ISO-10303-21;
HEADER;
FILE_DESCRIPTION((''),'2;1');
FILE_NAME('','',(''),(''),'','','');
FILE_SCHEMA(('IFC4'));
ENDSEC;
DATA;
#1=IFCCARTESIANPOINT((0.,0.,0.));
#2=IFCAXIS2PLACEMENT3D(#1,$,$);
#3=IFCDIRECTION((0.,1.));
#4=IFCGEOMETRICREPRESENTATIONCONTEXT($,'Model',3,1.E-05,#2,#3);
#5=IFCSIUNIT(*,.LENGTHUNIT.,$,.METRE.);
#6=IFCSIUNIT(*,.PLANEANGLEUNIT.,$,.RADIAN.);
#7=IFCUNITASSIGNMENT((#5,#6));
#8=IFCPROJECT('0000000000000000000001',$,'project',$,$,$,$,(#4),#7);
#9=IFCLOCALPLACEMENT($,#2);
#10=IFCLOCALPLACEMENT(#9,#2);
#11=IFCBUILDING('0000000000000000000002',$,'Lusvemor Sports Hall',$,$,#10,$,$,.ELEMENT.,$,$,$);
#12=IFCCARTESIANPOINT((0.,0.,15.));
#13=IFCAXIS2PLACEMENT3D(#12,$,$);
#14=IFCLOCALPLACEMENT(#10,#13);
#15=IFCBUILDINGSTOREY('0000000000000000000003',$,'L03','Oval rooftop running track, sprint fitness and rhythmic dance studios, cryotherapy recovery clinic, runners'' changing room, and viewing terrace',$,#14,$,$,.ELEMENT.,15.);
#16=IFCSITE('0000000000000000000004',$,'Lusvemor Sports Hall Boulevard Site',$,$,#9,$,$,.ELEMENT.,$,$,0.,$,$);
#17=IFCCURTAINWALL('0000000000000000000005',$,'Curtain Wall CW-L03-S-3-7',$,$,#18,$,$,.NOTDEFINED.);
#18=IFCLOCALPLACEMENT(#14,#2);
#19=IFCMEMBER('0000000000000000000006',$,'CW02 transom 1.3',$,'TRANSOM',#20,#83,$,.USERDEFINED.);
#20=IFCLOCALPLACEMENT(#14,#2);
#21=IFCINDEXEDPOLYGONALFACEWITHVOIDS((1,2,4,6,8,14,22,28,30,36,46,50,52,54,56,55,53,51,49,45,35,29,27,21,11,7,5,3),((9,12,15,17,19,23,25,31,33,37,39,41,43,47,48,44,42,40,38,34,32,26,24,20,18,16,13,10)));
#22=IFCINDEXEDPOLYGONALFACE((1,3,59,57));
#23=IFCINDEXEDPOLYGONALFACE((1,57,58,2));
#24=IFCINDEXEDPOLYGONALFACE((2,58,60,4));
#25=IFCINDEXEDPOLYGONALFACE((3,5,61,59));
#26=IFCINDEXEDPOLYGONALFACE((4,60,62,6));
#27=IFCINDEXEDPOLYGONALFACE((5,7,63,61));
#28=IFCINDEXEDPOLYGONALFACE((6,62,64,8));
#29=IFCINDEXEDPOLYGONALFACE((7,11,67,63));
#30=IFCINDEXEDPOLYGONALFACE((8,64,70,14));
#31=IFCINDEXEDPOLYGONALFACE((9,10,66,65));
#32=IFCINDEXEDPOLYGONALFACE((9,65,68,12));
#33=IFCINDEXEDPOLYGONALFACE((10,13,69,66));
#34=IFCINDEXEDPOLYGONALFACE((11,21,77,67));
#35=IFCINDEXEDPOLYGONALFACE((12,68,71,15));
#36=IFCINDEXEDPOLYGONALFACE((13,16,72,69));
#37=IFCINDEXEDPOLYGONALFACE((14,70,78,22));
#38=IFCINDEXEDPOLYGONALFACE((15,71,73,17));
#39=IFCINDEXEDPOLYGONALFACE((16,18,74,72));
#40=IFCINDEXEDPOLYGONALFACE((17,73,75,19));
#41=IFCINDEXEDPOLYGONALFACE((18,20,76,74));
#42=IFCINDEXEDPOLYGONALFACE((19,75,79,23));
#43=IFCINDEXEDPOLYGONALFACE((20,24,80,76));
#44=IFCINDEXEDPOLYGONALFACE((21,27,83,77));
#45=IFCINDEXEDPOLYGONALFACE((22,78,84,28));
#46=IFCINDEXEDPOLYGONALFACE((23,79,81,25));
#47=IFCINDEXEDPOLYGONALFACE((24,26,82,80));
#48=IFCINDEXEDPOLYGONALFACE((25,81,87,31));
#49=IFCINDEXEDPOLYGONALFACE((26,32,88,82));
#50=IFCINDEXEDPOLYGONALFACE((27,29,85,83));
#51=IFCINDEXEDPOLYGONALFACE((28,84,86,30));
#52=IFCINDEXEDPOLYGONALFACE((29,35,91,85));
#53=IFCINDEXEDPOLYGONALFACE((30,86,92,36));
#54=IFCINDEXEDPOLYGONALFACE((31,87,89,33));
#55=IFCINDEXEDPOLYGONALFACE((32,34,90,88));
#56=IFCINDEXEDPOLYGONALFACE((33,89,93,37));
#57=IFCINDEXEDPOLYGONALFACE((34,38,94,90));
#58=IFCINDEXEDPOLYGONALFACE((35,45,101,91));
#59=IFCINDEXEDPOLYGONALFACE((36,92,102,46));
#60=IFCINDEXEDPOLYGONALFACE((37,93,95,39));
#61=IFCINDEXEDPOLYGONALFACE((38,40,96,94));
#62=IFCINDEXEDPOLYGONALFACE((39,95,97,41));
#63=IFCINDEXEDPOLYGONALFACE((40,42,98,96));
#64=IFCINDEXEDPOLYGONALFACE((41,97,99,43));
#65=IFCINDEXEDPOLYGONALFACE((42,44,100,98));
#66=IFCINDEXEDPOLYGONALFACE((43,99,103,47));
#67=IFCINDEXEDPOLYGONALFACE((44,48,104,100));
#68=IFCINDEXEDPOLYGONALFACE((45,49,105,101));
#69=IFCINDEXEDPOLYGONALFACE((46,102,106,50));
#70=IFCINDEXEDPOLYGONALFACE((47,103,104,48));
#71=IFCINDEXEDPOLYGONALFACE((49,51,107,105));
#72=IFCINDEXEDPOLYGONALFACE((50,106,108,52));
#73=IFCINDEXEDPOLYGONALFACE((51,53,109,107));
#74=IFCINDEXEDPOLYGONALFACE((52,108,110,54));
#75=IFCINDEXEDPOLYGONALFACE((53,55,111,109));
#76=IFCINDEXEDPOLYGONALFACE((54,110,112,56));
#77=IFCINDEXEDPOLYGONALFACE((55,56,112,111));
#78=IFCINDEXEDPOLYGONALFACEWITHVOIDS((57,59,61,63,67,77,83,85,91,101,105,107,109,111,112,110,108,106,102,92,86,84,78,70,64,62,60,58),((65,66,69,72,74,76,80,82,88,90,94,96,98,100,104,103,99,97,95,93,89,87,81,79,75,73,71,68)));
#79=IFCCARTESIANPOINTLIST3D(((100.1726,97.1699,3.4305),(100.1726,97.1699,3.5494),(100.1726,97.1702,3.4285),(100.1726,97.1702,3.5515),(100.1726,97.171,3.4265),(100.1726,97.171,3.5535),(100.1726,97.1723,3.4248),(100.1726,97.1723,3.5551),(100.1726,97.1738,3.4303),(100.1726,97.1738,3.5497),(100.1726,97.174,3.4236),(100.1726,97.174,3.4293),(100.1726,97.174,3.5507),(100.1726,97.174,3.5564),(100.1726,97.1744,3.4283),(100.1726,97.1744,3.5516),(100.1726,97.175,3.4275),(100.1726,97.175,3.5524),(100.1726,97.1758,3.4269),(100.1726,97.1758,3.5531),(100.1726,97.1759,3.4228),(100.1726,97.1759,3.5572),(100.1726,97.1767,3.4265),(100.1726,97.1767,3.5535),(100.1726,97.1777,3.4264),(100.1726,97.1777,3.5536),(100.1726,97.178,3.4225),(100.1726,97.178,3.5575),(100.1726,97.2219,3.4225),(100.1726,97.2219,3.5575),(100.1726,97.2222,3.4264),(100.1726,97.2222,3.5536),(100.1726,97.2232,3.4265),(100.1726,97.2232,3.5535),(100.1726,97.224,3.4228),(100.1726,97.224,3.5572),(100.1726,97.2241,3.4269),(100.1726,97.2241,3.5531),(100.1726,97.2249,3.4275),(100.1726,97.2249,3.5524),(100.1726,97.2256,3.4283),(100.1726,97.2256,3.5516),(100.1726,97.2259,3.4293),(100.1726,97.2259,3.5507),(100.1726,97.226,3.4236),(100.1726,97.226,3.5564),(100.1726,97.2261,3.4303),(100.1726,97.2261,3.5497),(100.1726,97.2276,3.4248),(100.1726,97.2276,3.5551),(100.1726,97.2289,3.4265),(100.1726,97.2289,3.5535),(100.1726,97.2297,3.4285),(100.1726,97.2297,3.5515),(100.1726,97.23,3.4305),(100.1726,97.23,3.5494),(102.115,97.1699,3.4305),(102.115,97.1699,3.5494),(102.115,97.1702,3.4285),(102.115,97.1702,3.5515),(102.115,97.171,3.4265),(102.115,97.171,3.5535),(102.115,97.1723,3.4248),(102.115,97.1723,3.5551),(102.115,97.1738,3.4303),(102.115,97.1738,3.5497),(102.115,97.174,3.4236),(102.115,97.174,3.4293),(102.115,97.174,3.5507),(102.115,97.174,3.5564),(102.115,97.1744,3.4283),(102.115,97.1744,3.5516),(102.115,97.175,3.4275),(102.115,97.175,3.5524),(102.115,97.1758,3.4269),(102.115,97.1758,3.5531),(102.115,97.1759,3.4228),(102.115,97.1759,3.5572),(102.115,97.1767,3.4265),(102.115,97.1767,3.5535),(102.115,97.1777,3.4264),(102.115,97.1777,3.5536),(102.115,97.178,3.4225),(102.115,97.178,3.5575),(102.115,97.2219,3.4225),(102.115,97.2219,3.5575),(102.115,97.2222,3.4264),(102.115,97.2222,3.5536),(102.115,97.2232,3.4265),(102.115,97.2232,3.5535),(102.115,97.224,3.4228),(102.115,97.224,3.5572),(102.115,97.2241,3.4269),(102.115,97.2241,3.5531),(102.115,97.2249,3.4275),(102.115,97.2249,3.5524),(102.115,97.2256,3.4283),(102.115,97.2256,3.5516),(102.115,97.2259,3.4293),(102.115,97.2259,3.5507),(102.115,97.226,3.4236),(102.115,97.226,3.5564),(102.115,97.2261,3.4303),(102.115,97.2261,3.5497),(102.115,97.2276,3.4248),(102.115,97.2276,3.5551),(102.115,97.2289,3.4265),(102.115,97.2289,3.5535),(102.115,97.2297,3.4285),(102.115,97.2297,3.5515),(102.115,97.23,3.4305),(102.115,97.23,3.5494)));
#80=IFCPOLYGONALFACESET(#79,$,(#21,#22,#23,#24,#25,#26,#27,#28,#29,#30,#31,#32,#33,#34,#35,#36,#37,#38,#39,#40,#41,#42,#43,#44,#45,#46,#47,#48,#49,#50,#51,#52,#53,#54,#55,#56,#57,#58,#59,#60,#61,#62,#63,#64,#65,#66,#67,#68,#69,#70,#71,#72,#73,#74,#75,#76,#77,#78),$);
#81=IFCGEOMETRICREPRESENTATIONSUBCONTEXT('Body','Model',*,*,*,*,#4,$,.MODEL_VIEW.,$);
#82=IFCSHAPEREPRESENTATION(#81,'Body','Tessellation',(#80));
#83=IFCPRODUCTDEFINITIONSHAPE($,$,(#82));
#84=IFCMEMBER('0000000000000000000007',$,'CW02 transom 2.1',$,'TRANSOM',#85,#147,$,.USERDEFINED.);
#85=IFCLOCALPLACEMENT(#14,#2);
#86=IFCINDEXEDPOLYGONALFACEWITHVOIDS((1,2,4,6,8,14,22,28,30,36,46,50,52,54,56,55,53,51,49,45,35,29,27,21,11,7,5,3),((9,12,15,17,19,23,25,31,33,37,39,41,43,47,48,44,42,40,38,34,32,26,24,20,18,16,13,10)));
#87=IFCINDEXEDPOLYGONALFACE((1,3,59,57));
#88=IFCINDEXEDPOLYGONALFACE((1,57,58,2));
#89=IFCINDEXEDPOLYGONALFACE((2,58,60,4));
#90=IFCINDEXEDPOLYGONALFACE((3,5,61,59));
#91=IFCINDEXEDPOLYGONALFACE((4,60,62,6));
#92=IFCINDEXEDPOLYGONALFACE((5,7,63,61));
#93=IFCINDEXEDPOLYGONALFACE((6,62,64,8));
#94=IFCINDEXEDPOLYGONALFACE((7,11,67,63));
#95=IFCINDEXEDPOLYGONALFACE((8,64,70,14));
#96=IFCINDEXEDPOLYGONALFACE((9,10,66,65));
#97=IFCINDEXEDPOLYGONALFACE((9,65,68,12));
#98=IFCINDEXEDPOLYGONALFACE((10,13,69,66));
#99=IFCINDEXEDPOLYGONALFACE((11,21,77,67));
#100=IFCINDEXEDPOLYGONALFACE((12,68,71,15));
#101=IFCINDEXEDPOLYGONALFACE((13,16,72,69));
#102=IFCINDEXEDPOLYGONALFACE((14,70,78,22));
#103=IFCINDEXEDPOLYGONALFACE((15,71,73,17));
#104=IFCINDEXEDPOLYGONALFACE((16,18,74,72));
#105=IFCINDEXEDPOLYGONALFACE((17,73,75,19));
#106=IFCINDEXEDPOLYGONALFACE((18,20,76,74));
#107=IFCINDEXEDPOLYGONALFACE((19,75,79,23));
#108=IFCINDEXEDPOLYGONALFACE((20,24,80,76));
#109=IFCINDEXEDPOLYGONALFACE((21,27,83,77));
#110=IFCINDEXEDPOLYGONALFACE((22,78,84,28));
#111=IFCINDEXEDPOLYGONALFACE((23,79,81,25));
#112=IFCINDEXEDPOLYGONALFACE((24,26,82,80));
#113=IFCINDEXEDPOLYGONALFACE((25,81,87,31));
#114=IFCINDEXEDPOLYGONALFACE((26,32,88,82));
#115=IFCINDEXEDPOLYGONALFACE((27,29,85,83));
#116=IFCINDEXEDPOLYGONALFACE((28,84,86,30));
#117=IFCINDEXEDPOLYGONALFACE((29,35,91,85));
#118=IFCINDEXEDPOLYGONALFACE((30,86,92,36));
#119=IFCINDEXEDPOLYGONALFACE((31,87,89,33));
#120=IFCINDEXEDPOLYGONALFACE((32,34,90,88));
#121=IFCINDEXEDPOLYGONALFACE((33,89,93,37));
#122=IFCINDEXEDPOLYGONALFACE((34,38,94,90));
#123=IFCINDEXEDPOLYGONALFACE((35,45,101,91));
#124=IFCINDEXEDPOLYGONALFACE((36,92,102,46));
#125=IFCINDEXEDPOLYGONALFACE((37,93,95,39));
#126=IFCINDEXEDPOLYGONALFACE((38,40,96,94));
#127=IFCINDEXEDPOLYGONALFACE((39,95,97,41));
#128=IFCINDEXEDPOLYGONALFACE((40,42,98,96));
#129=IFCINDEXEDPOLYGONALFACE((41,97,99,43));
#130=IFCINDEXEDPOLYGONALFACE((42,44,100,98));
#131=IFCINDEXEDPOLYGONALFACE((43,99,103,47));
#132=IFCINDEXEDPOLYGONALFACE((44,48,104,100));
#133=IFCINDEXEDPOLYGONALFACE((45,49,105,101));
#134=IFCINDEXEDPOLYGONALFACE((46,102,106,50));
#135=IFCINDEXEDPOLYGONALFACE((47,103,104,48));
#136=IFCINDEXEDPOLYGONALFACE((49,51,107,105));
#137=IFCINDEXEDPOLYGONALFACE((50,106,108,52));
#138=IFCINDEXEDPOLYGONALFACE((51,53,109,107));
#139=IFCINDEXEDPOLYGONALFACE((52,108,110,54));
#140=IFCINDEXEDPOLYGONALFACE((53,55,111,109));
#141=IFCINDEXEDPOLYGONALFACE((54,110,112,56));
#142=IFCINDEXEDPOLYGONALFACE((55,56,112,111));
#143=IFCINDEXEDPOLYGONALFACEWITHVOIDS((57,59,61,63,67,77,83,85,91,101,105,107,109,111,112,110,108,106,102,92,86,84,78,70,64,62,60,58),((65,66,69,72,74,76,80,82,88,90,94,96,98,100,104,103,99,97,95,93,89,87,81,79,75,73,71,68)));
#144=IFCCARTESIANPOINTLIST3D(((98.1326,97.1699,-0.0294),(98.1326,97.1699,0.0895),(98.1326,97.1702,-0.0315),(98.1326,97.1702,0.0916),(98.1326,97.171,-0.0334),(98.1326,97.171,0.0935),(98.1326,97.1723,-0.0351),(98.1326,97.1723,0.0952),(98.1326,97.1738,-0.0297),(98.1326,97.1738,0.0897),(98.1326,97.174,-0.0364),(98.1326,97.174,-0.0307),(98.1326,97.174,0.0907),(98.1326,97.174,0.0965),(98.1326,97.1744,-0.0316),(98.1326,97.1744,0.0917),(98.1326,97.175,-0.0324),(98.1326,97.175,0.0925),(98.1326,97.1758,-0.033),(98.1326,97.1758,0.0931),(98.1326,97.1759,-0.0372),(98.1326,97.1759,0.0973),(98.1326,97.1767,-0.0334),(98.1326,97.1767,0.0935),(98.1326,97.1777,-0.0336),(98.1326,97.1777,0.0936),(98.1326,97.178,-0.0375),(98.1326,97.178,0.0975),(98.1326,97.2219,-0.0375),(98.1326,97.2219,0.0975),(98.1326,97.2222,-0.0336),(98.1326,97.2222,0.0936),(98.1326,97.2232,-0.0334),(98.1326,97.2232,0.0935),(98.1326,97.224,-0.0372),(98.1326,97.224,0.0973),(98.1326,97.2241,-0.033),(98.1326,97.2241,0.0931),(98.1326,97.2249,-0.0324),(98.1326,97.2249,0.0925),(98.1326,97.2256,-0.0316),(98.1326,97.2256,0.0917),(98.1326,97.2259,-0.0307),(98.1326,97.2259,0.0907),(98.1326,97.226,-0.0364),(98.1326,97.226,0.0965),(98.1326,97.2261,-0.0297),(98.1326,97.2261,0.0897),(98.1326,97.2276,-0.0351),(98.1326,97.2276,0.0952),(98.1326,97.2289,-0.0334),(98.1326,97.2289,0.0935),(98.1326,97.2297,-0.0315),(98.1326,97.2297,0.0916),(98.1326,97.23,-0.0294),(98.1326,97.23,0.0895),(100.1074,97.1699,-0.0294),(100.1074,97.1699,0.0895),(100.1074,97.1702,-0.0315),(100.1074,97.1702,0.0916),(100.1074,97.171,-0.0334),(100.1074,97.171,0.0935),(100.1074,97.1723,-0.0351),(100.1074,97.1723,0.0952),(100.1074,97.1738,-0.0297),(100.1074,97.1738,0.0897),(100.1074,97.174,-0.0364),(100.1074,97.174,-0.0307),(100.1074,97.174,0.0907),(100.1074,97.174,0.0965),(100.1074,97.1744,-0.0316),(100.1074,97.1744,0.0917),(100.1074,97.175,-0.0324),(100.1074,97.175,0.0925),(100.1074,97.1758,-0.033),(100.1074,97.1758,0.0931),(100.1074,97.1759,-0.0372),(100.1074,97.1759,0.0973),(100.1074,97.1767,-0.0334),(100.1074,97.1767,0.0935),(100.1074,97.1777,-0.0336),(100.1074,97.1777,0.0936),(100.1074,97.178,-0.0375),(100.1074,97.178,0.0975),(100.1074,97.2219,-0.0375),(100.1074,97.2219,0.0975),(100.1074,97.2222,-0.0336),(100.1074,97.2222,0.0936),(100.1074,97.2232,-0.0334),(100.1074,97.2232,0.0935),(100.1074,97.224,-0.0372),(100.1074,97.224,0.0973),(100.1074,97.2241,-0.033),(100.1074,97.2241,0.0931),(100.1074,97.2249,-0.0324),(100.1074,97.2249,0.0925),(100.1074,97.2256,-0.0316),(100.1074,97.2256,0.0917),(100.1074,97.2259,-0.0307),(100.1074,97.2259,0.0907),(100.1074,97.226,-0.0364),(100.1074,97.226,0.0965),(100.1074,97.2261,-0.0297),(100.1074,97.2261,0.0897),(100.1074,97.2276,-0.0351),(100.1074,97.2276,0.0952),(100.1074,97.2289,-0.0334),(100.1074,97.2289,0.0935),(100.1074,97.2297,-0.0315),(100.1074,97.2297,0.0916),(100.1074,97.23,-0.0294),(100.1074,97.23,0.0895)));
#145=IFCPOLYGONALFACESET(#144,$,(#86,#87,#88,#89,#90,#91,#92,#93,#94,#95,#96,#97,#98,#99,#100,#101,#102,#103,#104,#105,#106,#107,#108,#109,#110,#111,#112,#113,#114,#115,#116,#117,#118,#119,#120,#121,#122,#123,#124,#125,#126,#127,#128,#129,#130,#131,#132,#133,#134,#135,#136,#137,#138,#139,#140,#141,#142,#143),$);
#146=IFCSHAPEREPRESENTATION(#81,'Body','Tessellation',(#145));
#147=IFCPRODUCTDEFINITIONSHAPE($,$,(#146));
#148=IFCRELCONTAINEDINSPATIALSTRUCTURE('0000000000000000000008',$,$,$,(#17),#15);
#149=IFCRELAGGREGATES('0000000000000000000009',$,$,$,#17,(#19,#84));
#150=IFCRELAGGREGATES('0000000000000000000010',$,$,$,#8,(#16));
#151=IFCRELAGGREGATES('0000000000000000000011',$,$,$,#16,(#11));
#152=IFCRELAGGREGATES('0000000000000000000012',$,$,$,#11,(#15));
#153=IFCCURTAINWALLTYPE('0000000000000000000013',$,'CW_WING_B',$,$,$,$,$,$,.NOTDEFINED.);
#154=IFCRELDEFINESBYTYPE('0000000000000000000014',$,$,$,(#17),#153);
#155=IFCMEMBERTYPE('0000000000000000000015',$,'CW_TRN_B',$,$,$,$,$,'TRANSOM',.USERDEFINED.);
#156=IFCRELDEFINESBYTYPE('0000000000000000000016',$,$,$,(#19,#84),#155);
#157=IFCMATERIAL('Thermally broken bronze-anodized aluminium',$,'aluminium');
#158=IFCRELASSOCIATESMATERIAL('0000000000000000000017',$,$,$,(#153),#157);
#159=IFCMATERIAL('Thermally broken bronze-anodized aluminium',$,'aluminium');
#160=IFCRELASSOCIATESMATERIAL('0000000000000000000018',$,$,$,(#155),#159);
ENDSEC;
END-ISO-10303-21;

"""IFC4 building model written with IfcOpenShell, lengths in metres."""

from ifc_helpers import new_model, si_unit, direction, frame, origin, origin_2d, place, context, subcontext, project, spatial, hollow_rectangle, extrude, material, material_profile, profile_set, type_object, element, aggregate, save


model = new_model("IFC4")

# Units and contexts
model_context = context("Model", 3, precision=1e-05, world=origin(), true_north=direction((0.0, 1.0)))
body_context = subcontext(model_context, "Body", "Model", "MODEL_VIEW")
ifc_project = project(units=[si_unit("LENGTHUNIT", "METRE"), si_unit("PLANEANGLEUNIT", "RADIAN")], contexts=[model_context])

# Site, building, storey
site_placement = place(None, origin())
site = spatial("IfcSite", under=ifc_project, at=site_placement, Name="Lusvemor Sports Hall Boulevard Site", CompositionType="ELEMENT", RefElevation=0.0)
building_placement = place(site_placement, origin())
building = spatial("IfcBuilding", under=site, at=building_placement, Name="Lusvemor Sports Hall", CompositionType="ELEMENT")
storey_placement = place(building_placement, frame((0.0, 0.0, 15.0)))
storey = spatial("IfcBuildingStorey", under=building, at=storey_placement, Name="L03", Description="Oval rooftop running track, sprint fitness and rhythmic dance studios, cryotherapy recovery clinic, runners' changing room, and viewing terrace", CompositionType="ELEMENT", Elevation=15.0)

# Curtain wall, members
ifc_material_1 = material(Name="Thermally broken bronze-anodized aluminium", Category="aluminium")
curtain_wall_type = type_object("IfcCurtainWallType", Name="CW_WING_B", PredefinedType="NOTDEFINED", material=ifc_material_1)
curtain_wall_placement = place(storey_placement, origin())
curtain_wall = element("IfcCurtainWall", 1, at=curtain_wall_placement, inside=storey, type_object=curtain_wall_type, Name="Curtain Wall CW-L03-S-3-7", PredefinedType="NOTDEFINED")
ifc_material_2 = material(Name="Thermally broken bronze-anodized aluminium", Category="aluminium")
ifc_material_profile_1 = material_profile(ifc_material_2, hollow_rectangle(XDim=0.0601, YDim=0.135, WallThickness=0.0039, InnerFilletRadius=0.0039, OuterFilletRadius=0.0081, at=origin_2d()), Name="CWTRN135x60x4")
ifc_profile_set_1 = profile_set([ifc_material_profile_1], Name="Thermally broken bronze-anodized aluminium")
member_type_1 = type_object("IfcMemberType", Name="CW_TRN_B", ElementType="TRANSOM", PredefinedType="USERDEFINED", material=ifc_profile_set_1)
member_1_placement = place(storey_placement, frame((102.115, 97.2, 3.49), z_axis=(-1.0, 0.0, 0.0), x_axis=(0.0, -1.0, 0.0)))
member_1 = element("IfcMember", 2, at=member_1_placement, type_object=member_type_1, Name="CW02 transom 1.3", ObjectType="TRANSOM", PredefinedType="USERDEFINED", context=body_context, shape_type="SweptSolid", body=[
    extrude(hollow_rectangle(XDim=0.0601, YDim=0.135, WallThickness=0.0039, InnerFilletRadius=0.0039, OuterFilletRadius=0.0081, at=origin_2d()), origin(), (0.0, 0.0, 1.0), 1.9424),
])
member_2_placement = place(storey_placement, frame((100.1074, 97.2, 0.03), z_axis=(-1.0, 0.0, 0.0), x_axis=(0.0, -1.0, 0.0)))
member_2 = element("IfcMember", 3, at=member_2_placement, type_object=member_type_1, Name="CW02 transom 2.1", ObjectType="TRANSOM", PredefinedType="USERDEFINED", context=body_context, shape_type="SweptSolid", body=[
    extrude(hollow_rectangle(XDim=0.0601, YDim=0.135, WallThickness=0.0039, InnerFilletRadius=0.0039, OuterFilletRadius=0.0081, at=origin_2d()), origin(), (0.0, 0.0, 1.0), 1.9749),
])

aggregate(curtain_wall, [member_1, member_2])

save(model, "model.ifc")
